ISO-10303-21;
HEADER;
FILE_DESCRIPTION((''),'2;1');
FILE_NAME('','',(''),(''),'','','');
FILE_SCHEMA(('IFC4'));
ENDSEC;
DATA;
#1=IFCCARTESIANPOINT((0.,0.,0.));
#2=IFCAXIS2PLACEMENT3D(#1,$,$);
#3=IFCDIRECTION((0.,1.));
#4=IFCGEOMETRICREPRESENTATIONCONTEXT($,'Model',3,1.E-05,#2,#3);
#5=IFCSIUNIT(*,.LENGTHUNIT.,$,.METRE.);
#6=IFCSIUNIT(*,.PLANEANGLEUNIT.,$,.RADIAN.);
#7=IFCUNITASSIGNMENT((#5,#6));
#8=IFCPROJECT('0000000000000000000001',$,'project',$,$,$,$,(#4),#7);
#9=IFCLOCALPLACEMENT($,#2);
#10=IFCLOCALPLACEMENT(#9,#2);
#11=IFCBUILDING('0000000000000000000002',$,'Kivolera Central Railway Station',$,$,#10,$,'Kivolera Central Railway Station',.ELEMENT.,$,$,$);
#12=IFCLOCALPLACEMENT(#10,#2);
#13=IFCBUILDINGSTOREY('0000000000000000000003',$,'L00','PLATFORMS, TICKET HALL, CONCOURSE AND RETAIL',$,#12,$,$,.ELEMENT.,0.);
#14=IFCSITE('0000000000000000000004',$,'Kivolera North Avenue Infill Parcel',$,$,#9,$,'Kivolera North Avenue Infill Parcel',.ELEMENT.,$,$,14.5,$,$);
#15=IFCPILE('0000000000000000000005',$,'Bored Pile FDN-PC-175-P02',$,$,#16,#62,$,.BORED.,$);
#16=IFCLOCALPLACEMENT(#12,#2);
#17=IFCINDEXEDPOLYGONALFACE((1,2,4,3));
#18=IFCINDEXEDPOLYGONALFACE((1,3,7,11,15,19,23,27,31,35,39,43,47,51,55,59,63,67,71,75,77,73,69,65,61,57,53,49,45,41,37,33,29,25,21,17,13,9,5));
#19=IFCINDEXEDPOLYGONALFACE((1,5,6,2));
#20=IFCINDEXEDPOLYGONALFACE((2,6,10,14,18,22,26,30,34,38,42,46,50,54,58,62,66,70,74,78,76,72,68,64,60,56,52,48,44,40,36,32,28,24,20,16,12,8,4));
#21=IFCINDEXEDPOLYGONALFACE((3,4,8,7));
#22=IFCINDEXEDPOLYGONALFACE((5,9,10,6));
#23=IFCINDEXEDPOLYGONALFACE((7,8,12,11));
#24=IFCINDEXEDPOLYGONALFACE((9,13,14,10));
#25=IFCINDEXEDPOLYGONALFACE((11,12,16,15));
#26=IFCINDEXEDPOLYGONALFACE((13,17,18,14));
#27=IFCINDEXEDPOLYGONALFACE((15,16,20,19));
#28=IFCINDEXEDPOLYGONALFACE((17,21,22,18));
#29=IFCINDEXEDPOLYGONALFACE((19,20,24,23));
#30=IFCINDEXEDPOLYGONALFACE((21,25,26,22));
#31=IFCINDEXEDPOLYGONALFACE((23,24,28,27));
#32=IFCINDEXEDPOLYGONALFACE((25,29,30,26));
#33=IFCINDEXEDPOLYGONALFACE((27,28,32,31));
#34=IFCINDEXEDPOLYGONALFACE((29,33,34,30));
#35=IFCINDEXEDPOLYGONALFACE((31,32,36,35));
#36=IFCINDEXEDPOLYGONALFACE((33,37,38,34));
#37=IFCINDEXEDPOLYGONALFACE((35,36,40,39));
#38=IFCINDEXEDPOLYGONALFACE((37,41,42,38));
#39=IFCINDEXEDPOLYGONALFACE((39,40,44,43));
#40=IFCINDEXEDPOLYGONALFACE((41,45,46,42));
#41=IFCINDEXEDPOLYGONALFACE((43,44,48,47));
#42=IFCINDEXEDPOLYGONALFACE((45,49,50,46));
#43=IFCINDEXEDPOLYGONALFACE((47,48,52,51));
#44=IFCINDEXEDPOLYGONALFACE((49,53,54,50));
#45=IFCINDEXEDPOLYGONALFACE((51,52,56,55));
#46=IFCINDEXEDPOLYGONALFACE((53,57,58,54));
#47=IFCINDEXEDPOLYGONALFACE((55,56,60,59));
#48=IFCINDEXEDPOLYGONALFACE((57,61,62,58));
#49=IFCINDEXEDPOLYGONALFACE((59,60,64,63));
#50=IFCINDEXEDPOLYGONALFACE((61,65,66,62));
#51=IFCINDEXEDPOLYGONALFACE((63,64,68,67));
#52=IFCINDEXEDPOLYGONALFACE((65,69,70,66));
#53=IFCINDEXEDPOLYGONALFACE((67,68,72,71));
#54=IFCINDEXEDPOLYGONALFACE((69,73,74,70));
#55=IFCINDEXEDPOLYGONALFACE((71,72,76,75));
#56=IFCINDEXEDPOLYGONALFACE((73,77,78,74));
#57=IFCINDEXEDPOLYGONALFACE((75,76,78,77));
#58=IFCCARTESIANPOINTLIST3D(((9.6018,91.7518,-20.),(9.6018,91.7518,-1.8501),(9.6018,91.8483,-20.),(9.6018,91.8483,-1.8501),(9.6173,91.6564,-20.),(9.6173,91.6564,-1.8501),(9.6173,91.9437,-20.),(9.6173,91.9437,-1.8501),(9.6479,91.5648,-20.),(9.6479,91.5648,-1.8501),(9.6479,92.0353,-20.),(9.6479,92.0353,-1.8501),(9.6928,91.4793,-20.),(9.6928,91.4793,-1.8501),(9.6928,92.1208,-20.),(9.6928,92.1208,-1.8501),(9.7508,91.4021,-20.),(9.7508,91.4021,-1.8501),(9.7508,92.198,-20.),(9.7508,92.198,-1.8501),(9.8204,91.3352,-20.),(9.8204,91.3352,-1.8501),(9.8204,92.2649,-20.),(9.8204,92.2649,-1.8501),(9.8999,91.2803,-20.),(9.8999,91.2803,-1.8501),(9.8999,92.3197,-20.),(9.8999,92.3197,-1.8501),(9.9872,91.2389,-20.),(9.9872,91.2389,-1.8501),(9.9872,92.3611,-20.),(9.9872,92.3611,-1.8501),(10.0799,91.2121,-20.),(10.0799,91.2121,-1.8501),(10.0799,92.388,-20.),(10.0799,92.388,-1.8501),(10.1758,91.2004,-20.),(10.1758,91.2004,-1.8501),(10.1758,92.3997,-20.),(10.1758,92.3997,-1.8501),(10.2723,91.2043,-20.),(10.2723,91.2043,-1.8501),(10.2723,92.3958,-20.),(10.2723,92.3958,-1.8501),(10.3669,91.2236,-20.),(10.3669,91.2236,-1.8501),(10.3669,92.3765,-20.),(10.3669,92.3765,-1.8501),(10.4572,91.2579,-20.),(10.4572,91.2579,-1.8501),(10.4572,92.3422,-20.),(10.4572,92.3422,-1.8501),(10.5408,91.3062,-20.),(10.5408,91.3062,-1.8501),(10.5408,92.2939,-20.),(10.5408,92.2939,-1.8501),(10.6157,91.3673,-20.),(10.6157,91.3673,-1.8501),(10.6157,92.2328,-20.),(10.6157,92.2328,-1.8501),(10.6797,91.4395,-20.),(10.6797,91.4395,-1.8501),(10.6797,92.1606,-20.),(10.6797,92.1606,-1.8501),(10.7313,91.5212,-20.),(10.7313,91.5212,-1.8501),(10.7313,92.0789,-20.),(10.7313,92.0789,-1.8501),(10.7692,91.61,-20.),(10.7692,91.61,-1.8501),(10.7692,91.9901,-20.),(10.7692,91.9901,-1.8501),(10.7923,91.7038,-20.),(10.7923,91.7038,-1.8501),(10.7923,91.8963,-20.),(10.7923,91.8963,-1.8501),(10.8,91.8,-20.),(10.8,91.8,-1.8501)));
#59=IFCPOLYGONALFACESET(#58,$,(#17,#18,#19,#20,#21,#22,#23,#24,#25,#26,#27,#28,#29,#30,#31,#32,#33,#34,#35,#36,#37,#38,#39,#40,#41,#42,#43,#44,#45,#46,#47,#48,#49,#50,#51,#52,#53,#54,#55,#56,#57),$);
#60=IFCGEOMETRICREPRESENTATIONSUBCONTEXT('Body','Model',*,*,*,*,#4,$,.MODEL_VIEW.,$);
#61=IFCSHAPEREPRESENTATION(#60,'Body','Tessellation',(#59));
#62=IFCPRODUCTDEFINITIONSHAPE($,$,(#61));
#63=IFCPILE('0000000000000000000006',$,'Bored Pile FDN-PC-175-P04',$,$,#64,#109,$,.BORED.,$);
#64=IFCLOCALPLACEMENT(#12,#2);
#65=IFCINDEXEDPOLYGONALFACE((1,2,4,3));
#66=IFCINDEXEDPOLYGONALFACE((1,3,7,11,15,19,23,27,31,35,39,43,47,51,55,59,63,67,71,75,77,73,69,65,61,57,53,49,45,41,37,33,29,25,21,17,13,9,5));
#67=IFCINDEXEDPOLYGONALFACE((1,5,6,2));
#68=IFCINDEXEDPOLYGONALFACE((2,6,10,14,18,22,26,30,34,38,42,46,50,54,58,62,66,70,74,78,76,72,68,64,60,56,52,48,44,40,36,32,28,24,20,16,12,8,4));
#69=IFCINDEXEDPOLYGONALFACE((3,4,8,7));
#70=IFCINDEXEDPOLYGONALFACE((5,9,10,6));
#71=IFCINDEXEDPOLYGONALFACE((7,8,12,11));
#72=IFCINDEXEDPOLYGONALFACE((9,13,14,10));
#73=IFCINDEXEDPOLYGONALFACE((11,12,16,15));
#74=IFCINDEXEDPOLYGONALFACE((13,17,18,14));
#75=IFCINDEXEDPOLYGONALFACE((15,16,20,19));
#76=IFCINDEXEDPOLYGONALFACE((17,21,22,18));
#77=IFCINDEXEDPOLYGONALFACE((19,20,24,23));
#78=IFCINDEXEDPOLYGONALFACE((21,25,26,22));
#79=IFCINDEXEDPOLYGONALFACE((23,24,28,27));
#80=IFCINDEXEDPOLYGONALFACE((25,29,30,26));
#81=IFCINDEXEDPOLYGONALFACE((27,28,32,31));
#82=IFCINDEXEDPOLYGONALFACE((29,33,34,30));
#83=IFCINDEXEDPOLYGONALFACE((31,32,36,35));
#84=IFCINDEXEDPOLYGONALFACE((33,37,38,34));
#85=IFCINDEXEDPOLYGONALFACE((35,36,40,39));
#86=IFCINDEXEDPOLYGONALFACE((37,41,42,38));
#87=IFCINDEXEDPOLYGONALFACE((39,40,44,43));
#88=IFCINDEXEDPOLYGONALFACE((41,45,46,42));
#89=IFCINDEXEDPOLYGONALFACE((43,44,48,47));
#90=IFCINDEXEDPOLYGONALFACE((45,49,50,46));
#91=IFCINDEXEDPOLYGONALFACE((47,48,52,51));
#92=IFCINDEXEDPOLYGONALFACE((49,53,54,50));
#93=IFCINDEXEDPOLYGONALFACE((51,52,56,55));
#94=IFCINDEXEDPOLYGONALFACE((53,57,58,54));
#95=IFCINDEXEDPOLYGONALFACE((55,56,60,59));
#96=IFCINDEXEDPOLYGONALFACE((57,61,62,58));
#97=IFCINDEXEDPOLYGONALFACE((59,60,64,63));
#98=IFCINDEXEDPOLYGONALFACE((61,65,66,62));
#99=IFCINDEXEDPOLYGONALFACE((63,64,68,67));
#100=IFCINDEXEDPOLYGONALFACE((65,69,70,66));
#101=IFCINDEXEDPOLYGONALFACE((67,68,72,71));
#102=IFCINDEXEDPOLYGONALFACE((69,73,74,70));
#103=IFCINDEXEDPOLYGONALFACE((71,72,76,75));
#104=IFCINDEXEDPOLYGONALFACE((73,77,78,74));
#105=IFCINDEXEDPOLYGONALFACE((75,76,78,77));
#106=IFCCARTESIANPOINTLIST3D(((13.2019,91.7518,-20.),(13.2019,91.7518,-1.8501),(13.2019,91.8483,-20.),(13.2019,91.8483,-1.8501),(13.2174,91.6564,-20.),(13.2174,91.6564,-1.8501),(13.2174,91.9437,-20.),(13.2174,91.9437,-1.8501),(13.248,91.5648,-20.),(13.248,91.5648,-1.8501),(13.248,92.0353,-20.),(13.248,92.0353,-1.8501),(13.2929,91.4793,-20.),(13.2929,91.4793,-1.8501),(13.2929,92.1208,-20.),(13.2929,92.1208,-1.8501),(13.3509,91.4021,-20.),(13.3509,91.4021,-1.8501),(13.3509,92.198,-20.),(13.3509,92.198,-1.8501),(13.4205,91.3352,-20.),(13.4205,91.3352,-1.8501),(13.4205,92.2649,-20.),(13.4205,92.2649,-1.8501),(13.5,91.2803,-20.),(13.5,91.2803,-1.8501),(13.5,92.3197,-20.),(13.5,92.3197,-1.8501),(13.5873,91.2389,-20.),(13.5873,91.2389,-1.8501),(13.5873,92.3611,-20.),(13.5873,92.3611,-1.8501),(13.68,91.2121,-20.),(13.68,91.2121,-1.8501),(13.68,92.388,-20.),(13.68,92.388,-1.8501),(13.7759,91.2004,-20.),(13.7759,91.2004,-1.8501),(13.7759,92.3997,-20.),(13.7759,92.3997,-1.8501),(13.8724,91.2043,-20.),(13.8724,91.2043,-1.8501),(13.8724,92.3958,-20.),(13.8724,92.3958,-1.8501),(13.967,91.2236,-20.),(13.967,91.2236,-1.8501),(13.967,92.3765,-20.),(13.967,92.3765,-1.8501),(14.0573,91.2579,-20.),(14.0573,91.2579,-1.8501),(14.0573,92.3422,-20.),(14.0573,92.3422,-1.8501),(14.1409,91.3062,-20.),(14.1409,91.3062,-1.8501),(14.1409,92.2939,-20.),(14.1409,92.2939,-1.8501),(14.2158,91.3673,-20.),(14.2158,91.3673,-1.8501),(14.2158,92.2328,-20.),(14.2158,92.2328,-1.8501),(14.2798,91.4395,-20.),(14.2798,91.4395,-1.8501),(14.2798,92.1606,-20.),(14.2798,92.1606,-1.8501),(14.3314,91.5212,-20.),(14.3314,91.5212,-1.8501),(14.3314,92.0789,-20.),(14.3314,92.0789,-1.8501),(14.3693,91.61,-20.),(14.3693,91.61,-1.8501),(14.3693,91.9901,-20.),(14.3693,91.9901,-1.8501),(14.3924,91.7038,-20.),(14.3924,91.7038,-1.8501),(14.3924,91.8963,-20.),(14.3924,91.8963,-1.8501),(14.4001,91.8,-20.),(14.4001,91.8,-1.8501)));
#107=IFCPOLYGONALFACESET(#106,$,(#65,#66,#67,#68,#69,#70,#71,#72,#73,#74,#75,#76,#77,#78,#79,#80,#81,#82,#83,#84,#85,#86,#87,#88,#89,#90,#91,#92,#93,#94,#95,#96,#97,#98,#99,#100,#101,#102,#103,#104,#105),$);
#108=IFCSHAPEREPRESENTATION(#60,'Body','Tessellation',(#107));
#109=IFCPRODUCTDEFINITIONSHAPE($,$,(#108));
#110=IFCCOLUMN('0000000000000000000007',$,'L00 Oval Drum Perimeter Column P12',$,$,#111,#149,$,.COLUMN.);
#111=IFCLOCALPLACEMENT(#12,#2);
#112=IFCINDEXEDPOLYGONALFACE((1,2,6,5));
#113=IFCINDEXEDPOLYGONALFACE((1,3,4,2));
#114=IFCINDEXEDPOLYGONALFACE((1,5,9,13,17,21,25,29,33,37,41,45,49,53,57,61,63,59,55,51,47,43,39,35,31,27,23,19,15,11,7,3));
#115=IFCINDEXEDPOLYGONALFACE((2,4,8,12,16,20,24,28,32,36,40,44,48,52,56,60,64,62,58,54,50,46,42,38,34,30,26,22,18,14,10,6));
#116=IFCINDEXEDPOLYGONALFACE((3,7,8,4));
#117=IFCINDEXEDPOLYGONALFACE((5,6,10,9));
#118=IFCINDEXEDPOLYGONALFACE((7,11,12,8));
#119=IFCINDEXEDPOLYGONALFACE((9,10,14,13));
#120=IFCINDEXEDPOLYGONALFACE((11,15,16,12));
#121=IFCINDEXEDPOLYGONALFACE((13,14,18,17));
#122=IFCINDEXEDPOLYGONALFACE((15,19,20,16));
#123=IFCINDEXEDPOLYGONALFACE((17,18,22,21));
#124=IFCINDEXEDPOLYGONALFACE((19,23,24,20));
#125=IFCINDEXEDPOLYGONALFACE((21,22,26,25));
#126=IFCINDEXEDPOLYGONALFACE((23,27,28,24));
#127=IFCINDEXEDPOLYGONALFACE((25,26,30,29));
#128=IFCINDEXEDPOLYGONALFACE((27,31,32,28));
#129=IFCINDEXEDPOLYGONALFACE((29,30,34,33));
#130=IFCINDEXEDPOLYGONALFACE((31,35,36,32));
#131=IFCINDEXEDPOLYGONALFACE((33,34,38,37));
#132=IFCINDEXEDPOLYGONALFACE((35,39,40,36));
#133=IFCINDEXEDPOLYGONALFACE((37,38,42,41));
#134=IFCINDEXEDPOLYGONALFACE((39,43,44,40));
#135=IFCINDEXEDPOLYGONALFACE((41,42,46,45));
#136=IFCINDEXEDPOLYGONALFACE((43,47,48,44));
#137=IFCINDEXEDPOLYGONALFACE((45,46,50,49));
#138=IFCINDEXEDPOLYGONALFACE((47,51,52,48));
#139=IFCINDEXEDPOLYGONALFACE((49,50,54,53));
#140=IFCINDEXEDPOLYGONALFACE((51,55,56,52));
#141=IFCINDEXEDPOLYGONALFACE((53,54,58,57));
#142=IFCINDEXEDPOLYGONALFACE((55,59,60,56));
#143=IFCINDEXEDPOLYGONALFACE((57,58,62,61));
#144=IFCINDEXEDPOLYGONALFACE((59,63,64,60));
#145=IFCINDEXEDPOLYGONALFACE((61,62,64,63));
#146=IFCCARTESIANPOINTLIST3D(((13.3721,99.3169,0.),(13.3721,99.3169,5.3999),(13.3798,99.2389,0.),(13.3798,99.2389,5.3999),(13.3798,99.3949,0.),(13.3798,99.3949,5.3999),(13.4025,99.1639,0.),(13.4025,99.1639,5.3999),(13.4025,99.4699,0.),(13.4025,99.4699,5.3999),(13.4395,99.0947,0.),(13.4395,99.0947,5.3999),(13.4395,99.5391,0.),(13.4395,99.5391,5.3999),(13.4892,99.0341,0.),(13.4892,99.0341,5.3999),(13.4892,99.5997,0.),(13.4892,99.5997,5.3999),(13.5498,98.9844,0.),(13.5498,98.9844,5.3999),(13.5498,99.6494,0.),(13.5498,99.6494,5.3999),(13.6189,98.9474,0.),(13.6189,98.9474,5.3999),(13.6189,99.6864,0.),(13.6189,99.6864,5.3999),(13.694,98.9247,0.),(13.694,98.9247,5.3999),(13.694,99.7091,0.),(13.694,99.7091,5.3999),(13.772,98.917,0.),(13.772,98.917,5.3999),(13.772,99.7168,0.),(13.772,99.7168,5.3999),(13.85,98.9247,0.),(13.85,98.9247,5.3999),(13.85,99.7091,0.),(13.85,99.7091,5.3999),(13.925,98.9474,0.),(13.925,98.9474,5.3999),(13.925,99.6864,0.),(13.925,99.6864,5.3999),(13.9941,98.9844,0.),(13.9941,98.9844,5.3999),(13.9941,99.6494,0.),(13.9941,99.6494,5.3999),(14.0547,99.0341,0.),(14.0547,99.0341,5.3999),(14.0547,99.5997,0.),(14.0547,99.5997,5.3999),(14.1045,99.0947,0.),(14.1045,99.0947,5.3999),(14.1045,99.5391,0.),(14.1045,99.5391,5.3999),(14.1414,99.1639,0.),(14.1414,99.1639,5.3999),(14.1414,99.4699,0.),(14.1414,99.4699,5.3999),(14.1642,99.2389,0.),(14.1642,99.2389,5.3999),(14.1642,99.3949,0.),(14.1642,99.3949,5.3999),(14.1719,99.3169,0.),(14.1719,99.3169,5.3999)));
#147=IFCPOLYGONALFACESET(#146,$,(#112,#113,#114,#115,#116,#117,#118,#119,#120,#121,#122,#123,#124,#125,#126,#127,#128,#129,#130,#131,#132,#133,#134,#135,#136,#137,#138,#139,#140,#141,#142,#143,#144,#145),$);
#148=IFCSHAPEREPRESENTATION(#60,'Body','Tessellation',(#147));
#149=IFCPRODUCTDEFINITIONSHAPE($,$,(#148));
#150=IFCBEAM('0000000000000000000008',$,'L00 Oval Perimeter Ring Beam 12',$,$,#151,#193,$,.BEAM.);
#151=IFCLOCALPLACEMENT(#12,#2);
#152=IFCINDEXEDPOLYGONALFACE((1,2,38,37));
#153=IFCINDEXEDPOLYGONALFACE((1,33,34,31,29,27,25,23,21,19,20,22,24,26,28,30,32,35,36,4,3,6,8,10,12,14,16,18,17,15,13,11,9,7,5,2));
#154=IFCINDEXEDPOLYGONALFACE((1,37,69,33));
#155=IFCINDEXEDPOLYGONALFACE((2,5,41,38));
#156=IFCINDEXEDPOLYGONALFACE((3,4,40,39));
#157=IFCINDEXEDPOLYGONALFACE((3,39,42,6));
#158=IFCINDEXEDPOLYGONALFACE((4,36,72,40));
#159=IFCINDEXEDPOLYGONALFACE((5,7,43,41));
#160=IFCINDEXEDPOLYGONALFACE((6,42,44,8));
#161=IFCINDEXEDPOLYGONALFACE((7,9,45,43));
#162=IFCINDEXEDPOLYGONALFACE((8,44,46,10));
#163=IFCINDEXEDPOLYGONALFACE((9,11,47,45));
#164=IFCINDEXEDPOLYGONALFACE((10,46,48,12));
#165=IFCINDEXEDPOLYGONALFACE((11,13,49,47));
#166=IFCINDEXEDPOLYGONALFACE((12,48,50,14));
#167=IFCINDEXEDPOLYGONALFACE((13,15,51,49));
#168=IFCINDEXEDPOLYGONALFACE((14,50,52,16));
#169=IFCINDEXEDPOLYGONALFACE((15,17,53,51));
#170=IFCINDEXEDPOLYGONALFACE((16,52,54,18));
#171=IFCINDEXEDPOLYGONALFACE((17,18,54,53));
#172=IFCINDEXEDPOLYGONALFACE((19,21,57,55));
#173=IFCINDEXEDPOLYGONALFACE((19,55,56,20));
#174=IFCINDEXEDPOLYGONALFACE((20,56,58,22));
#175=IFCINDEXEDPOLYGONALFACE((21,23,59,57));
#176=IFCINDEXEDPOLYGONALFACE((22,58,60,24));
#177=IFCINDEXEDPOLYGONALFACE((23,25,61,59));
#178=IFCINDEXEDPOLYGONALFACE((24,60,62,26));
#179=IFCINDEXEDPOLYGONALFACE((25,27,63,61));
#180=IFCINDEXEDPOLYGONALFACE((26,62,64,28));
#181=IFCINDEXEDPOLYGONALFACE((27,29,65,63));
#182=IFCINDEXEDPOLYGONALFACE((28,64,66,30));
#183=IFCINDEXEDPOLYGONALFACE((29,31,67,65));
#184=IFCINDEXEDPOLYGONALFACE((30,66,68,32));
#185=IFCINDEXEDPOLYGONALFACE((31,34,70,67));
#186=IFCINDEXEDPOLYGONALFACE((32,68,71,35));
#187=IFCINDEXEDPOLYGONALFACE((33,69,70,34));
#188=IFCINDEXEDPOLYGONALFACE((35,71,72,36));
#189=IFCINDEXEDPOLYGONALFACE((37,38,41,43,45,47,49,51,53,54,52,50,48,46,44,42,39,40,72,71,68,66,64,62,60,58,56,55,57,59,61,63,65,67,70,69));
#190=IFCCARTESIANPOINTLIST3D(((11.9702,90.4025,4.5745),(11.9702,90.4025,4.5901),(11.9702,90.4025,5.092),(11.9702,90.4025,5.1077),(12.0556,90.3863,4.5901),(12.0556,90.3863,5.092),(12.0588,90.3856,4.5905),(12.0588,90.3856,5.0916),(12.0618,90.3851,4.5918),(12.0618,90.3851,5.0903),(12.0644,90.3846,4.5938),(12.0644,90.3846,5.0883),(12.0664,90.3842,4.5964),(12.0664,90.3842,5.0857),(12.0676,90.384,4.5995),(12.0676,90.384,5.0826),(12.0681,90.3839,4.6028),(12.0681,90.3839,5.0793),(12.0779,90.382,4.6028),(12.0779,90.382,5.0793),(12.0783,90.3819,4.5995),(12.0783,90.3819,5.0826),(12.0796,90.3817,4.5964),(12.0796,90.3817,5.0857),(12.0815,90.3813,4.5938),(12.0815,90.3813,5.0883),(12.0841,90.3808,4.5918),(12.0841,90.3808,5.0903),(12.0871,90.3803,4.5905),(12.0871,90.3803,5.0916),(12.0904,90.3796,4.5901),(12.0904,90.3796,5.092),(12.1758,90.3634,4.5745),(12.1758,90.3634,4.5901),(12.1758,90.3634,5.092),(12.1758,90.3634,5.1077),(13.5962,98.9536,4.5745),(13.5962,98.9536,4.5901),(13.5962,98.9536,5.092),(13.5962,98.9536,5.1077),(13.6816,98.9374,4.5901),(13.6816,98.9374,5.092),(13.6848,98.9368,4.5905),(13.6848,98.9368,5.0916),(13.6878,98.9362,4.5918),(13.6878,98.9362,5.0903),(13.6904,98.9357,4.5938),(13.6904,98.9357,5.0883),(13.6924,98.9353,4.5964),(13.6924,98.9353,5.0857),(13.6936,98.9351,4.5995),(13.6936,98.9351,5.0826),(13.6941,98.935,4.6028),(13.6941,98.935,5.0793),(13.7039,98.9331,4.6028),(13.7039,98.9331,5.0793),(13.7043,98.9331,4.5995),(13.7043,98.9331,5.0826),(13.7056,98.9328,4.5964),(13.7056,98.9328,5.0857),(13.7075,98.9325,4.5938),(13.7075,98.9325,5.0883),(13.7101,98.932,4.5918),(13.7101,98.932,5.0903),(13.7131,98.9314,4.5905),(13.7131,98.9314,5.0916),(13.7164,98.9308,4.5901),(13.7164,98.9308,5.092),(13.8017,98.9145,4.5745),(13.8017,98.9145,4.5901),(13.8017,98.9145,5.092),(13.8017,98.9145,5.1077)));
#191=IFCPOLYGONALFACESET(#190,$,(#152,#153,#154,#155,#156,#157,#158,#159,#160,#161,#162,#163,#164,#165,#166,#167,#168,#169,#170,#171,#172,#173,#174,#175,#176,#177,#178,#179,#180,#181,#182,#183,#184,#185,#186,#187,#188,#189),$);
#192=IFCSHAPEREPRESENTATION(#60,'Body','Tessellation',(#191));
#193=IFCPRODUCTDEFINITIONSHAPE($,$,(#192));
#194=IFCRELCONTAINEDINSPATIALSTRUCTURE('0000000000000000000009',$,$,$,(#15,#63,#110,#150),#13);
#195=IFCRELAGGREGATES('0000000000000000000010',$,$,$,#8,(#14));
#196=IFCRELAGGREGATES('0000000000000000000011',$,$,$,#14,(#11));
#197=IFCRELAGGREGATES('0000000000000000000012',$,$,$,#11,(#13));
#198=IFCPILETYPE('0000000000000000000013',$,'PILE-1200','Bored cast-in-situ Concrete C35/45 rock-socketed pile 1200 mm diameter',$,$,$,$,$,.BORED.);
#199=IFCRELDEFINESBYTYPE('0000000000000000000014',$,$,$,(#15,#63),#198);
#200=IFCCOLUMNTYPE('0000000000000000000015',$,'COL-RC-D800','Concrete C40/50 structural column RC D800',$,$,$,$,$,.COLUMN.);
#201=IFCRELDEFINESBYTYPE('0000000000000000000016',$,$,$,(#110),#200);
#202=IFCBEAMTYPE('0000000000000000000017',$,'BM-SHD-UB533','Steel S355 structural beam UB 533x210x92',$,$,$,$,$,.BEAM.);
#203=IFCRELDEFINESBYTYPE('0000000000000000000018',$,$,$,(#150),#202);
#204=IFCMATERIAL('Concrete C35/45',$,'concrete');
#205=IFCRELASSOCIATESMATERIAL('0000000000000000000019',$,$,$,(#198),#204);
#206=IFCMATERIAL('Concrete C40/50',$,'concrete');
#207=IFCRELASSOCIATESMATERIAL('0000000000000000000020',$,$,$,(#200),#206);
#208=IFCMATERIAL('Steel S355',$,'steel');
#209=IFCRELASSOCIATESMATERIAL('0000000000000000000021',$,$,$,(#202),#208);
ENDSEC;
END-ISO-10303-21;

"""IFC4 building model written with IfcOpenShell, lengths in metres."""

from ifc_helpers import new_model, si_unit, direction, frame, origin, origin_2d, place, context, subcontext, project, spatial, circle, i_section, extrude, material, material_profile, profile_set, type_object, element, save


model = new_model("IFC4")

# Units and contexts
model_context = context("Model", 3, precision=1e-05, world=origin(), true_north=direction((0.0, 1.0)))
body_context = subcontext(model_context, "Body", "Model", "MODEL_VIEW")
ifc_project = project(units=[si_unit("LENGTHUNIT", "METRE"), si_unit("PLANEANGLEUNIT", "RADIAN")], contexts=[model_context])

# Site, building, storey
site_placement = place(None, origin())
site = spatial("IfcSite", under=ifc_project, at=site_placement, Name="Kivolera North Avenue Infill Parcel", LongName="Kivolera North Avenue Infill Parcel", CompositionType="ELEMENT", RefElevation=14.5)
building_placement = place(site_placement, origin())
building = spatial("IfcBuilding", under=site, at=building_placement, Name="Kivolera Central Railway Station", LongName="Kivolera Central Railway Station", CompositionType="ELEMENT")
storey_placement = place(building_placement, origin())
storey = spatial("IfcBuildingStorey", under=building, at=storey_placement, Name="L00", Description="PLATFORMS, TICKET HALL, CONCOURSE AND RETAIL", CompositionType="ELEMENT", Elevation=0.0)

# Shared definitions
ifc_material_1 = material(Name="Concrete C35/45", Category="concrete")

# Piles
ifc_material_profile_1 = material_profile(ifc_material_1, circle(Radius=0.6001, at=origin_2d()), Name="PILE D1200")
ifc_profile_set_1 = profile_set([ifc_material_profile_1], Name="Concrete C35/45")
pile_type = type_object("IfcPileType", Name="PILE-1200", Description="Bored cast-in-situ Concrete C35/45 rock-socketed pile 1200 mm diameter", PredefinedType="BORED", material=ifc_profile_set_1)
for number, where, z_axis, x_axis, name in (
    (1, (10.2, 91.8, -1.8501), (0.0, 0.0, -1.0), (1.0, 0.0, 0.0), "Bored Pile FDN-PC-175-P02"),
    (2, (13.8, 91.8, -1.8501), (0.0, 0.0, -1.0), (1.0, 0.0, 0.0), "Bored Pile FDN-PC-175-P04"),
):
    element("IfcPile", number, at=place(storey_placement, frame(where, z_axis=z_axis, x_axis=x_axis)), inside=storey, type_object=pile_type, Name=name, PredefinedType="BORED", context=body_context, shape_type="SweptSolid", body=[
        extrude(circle(Radius=0.6001, at=origin_2d()), origin(), (0.0, 0.0, 1.0), 18.1499),
    ])

# Column
ifc_material_2 = material(Name="Concrete C40/50", Category="concrete")
ifc_material_profile_2 = material_profile(ifc_material_2, circle(Radius=0.3999, at=origin_2d()), Name="RC D800")
ifc_profile_set_2 = profile_set([ifc_material_profile_2], Name="Concrete C40/50")
column_type = type_object("IfcColumnType", Name="COL-RC-D800", Description="Concrete C40/50 structural column RC D800", PredefinedType="COLUMN", material=ifc_profile_set_2)
column_placement = place(storey_placement, frame((13.772, 99.3169, 0.0), z_axis=(0.0, 0.0, 1.0), x_axis=(1.0, 0.0, 0.0)))
element("IfcColumn", 3, at=column_placement, inside=storey, type_object=column_type, Name="L00 Oval Drum Perimeter Column P12", PredefinedType="COLUMN", context=body_context, shape_type="SweptSolid", body=[
    extrude(circle(Radius=0.3999, at=origin_2d()), origin(), (0.0, 0.0, 1.0), 5.3999),
])

# Beam
ifc_material_3 = material(Name="Steel S355", Category="steel")
ifc_material_profile_3 = material_profile(ifc_material_3, i_section(OverallWidth=0.2092, OverallDepth=0.5332, WebThickness=0.01, FlangeThickness=0.0156, FilletRadius=0.0127, at=origin_2d()), Name="UB 533x210x92")
ifc_profile_set_3 = profile_set([ifc_material_profile_3], Name="Steel S355")
beam_type = type_object("IfcBeamType", Name="BM-SHD-UB533", Description="Steel S355 structural beam UB 533x210x92", PredefinedType="BEAM", material=ifc_profile_set_3)
beam_placement = place(storey_placement, frame((13.699, 98.9341, 4.8411), z_axis=(-0.186803, -0.982397, 0.0), x_axis=(0.982397, -0.186803, 0.0)))
element("IfcBeam", 4, at=beam_placement, inside=storey, type_object=beam_type, Name="L00 Oval Perimeter Ring Beam 12", PredefinedType="BEAM", context=body_context, shape_type="SweptSolid", body=[
    extrude(i_section(OverallWidth=0.2092, OverallDepth=0.5332, WebThickness=0.01, FlangeThickness=0.0156, FilletRadius=0.0127, at=origin_2d()), origin(), (0.0, 0.0, 1.0), 8.7043),
])

save(model, "model.ifc")
